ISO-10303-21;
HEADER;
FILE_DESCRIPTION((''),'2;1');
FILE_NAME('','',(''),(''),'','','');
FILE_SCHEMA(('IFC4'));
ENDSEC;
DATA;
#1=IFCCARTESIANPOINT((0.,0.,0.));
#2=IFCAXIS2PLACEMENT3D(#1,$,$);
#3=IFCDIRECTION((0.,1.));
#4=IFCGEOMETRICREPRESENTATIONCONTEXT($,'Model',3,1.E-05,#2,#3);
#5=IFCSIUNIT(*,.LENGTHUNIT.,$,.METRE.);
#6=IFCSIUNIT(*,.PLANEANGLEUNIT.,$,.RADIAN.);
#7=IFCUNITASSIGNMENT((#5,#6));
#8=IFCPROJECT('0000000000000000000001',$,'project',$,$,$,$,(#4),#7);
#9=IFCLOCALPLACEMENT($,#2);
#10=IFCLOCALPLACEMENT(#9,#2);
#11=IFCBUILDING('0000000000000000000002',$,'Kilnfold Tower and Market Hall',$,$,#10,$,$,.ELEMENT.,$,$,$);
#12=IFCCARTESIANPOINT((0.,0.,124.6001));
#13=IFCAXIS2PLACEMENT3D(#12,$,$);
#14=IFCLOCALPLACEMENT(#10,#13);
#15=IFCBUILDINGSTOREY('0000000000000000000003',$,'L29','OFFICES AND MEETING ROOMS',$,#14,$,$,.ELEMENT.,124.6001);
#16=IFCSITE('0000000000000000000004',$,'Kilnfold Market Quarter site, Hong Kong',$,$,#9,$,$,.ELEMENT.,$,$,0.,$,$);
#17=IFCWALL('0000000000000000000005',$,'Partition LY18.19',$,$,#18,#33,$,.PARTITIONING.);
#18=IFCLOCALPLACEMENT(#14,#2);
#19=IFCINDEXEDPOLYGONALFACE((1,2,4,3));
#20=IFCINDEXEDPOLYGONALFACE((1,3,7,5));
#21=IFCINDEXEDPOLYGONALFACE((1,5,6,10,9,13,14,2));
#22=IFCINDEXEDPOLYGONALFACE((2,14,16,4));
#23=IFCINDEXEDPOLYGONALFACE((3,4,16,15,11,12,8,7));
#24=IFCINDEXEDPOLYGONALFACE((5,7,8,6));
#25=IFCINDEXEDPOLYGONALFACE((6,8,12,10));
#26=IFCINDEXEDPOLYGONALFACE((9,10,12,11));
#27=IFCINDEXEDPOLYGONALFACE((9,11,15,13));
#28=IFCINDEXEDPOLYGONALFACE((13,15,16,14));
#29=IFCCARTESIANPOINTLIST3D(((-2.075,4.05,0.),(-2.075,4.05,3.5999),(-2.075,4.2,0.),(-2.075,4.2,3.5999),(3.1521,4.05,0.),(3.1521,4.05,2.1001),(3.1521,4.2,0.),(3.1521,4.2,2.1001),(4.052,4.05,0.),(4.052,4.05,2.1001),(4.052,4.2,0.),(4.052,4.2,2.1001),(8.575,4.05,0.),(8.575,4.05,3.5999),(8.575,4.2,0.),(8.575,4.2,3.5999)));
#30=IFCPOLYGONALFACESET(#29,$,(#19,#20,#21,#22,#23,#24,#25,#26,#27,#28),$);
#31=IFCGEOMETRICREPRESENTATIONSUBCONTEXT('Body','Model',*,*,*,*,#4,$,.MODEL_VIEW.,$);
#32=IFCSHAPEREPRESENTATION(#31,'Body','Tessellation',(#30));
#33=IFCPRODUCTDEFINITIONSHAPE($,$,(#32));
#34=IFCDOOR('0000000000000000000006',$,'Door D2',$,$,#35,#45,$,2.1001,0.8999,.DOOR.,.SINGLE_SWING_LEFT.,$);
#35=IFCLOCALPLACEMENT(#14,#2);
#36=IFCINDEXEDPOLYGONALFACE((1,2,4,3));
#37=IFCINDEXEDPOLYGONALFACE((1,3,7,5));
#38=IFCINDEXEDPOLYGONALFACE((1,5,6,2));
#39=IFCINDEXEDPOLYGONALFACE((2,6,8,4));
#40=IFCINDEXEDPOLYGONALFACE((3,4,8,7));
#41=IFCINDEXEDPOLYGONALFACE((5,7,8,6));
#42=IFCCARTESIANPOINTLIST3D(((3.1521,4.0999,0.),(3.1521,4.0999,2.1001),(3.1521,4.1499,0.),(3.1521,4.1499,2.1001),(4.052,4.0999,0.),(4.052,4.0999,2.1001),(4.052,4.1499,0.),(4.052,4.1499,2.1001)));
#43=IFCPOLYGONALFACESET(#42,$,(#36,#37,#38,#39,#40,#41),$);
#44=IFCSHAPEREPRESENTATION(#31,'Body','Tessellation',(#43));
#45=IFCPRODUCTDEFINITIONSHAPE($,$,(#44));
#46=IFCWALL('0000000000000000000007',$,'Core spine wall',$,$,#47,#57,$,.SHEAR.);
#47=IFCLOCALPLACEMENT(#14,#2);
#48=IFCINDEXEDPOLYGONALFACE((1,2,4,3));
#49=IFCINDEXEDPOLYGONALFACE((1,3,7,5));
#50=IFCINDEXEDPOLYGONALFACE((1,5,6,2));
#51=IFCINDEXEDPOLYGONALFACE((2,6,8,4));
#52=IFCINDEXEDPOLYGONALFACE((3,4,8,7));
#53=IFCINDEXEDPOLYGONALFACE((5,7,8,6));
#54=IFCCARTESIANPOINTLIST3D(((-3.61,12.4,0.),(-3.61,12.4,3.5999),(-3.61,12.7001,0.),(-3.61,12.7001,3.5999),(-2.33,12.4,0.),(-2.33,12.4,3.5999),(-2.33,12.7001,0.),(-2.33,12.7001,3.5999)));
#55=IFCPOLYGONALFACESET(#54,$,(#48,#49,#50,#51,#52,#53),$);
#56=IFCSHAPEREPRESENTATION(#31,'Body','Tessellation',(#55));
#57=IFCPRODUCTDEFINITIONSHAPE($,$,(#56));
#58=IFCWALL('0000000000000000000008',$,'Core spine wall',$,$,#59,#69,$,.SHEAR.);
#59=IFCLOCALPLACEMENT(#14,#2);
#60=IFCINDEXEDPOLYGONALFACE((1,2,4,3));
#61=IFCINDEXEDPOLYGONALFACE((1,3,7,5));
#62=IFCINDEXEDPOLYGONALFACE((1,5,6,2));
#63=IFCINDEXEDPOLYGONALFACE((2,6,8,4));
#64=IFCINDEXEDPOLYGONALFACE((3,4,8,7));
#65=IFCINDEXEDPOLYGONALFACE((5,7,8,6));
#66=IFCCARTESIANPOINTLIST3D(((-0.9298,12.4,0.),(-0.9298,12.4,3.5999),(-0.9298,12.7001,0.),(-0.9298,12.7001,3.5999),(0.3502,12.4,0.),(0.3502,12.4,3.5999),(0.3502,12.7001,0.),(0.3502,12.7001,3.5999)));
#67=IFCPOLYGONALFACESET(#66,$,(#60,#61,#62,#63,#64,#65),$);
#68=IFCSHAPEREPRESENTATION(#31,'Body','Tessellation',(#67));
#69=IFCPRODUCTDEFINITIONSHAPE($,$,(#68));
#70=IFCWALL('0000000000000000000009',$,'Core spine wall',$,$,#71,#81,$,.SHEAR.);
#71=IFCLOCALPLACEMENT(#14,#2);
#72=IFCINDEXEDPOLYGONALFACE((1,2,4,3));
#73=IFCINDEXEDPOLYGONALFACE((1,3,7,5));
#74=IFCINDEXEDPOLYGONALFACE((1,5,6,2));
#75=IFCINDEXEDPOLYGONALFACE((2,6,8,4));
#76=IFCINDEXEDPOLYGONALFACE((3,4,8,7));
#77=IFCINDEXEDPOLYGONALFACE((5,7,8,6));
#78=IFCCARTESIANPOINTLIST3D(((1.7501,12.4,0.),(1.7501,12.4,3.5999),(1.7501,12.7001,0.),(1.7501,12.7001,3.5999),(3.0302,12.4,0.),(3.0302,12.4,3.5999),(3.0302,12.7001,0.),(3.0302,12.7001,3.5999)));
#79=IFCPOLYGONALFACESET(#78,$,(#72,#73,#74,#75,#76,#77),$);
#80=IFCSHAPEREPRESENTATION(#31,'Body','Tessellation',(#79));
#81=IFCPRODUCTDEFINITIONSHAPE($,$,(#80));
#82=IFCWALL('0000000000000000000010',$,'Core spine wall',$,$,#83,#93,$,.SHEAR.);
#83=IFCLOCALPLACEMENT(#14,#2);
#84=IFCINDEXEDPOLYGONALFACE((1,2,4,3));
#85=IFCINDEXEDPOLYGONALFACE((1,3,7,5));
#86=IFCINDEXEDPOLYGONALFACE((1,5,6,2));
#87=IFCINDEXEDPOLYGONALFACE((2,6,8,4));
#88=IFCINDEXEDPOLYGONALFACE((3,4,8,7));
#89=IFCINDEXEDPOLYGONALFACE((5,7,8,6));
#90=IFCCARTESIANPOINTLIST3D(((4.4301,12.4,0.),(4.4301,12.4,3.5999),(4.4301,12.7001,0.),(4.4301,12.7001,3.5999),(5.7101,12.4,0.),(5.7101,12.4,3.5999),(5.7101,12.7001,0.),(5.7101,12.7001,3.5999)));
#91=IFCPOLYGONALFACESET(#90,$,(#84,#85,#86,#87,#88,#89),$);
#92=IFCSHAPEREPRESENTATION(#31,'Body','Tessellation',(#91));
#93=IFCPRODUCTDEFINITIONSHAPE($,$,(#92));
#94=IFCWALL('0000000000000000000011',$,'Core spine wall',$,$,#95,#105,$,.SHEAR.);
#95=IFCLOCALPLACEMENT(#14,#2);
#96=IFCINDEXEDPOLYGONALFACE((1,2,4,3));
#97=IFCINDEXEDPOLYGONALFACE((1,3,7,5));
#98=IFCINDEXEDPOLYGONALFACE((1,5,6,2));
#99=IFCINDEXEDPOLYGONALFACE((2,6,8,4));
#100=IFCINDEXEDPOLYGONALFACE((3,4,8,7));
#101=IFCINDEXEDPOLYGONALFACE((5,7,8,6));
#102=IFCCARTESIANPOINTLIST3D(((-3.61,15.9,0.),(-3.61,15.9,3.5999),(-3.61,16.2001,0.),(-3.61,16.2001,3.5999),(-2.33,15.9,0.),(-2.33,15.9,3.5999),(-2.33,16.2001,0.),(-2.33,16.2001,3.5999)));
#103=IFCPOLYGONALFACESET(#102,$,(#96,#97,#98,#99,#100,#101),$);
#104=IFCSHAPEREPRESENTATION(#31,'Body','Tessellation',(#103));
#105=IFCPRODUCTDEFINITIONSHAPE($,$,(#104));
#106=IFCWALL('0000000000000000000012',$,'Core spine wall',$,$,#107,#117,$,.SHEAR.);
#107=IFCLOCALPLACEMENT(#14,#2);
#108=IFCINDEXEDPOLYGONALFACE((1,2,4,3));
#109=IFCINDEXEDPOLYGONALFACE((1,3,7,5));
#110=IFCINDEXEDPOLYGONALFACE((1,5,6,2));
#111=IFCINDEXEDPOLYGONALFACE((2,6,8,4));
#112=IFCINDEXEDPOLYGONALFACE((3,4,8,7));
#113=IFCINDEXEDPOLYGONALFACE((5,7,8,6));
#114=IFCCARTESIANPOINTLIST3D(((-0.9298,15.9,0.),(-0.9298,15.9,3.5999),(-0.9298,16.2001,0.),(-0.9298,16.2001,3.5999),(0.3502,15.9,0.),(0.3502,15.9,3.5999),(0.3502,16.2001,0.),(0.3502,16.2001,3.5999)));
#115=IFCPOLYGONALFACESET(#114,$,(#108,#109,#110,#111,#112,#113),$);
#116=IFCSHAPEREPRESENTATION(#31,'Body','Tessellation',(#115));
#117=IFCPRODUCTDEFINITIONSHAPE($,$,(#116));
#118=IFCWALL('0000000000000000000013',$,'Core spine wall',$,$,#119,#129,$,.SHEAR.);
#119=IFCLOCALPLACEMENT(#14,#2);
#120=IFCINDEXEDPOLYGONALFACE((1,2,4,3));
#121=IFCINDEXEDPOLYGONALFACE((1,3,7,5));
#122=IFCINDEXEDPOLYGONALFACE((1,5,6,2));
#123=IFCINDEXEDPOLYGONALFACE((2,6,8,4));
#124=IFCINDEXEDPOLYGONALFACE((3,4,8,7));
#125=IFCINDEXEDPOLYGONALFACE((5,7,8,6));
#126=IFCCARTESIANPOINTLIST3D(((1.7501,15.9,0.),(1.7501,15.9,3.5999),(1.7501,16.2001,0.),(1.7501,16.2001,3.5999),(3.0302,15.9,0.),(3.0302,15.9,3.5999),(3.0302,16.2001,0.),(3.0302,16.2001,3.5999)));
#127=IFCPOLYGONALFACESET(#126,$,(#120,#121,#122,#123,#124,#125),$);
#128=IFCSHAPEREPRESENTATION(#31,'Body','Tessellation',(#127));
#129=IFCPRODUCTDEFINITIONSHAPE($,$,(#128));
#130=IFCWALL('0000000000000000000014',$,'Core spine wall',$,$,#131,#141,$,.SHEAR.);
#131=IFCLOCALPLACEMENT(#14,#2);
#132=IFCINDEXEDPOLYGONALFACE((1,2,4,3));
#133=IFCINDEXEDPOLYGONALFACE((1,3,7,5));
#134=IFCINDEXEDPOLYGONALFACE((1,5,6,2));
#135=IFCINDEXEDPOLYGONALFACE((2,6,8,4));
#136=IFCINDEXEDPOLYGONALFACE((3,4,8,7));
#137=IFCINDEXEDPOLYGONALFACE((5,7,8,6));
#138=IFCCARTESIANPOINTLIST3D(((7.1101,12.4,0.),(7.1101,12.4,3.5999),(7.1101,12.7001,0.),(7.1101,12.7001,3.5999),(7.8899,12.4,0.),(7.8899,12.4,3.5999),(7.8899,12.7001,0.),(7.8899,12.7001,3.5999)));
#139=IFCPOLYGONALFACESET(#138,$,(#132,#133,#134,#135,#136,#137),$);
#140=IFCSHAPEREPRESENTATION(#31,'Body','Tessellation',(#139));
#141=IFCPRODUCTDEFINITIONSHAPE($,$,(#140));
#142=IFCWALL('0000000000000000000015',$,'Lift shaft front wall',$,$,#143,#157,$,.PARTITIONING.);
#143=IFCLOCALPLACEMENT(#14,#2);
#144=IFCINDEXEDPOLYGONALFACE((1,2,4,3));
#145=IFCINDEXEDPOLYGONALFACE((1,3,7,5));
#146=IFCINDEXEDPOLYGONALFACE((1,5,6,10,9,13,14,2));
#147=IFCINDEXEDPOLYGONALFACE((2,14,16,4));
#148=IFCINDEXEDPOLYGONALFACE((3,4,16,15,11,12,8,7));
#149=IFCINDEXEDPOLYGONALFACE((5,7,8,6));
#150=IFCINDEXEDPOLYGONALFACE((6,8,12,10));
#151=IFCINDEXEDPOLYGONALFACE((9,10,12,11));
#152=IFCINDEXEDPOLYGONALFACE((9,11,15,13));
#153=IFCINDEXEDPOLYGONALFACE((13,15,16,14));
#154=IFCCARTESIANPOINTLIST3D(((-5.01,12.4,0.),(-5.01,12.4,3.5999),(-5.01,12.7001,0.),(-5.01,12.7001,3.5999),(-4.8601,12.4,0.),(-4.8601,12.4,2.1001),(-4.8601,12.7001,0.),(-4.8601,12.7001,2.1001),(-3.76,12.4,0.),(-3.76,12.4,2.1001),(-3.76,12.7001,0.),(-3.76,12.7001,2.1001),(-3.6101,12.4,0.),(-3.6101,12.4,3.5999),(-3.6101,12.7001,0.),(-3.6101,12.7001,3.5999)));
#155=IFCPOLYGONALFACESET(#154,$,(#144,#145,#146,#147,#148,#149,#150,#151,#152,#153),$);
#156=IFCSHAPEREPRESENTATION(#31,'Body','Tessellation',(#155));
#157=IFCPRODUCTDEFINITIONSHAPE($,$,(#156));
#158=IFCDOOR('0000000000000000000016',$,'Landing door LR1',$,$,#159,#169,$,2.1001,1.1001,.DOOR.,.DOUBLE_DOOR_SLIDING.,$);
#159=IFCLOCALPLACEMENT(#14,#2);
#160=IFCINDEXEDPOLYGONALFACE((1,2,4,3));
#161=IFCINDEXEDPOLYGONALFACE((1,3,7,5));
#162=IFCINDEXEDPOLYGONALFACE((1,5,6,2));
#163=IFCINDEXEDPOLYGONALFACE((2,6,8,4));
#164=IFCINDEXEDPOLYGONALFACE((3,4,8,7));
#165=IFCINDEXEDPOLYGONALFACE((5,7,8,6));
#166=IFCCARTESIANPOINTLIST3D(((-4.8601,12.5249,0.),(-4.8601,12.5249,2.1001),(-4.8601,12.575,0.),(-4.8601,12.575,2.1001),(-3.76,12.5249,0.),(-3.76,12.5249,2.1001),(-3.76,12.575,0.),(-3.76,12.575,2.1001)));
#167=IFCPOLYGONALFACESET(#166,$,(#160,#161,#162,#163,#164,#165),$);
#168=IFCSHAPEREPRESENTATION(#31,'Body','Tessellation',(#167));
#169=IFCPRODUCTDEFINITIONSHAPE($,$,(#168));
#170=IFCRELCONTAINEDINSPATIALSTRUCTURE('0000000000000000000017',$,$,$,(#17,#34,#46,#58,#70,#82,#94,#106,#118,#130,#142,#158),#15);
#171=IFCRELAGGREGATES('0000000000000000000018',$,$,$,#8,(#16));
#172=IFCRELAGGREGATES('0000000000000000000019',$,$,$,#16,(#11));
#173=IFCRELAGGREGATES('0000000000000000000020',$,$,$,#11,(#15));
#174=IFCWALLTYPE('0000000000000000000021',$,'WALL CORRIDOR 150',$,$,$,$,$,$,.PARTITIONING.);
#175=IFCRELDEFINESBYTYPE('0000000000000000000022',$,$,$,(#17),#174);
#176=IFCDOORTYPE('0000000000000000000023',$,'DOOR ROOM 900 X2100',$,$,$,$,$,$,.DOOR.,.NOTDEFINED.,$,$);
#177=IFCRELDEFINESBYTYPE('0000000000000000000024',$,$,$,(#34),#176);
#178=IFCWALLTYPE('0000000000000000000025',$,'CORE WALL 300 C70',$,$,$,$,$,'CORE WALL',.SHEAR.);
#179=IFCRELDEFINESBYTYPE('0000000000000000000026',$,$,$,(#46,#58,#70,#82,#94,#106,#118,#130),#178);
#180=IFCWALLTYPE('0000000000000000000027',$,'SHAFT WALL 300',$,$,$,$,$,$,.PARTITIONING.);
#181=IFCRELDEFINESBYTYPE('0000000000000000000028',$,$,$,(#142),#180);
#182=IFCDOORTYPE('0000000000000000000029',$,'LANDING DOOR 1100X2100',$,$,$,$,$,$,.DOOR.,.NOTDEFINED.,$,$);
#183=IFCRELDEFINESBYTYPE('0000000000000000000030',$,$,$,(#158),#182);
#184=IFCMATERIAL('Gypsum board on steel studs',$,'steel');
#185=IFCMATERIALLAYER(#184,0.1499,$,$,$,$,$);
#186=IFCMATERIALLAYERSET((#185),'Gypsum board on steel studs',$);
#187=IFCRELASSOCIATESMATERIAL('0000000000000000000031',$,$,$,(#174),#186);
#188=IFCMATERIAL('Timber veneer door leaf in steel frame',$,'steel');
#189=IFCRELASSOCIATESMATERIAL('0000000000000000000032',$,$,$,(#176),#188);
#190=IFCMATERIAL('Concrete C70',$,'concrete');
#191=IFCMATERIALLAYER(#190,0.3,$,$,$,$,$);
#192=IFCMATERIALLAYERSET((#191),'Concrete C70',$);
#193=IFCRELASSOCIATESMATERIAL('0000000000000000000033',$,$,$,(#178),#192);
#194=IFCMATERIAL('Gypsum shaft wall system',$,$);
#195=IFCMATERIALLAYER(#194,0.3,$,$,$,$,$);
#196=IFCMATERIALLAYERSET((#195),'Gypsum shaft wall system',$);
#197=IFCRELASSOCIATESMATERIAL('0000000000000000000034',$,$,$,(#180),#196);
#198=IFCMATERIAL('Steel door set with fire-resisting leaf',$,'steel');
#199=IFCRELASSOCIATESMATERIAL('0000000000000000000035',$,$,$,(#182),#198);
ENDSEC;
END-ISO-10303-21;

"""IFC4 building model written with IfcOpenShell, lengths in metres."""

from ifc_helpers import new_model, si_unit, direction, frame, frame_2d, origin, place, context, subcontext, project, spatial, rectangle, extrude, source, transform, mapped, material, layer, layer_set, type_object, element, fill, save


model = new_model("IFC4")

# Units and contexts
model_context = context("Model", 3, precision=1e-05, world=origin(), true_north=direction((0.0, 1.0)))
body_context = subcontext(model_context, "Body", "Model", "MODEL_VIEW")
ifc_project = project(units=[si_unit("LENGTHUNIT", "METRE"), si_unit("PLANEANGLEUNIT", "RADIAN")], contexts=[model_context])

# Site, building, storey
site_placement = place(None, origin())
site = spatial("IfcSite", under=ifc_project, at=site_placement, Name="Kilnfold Market Quarter site, Hong Kong", CompositionType="ELEMENT", RefElevation=0.0)
building_placement = place(site_placement, origin())
building = spatial("IfcBuilding", under=site, at=building_placement, Name="Kilnfold Tower and Market Hall", CompositionType="ELEMENT")
storey_placement = place(building_placement, frame((0.0, 0.0, 124.6001)))
storey = spatial("IfcBuildingStorey", under=building, at=storey_placement, Name="L29", Description="OFFICES AND MEETING ROOMS", CompositionType="ELEMENT", Elevation=124.6001)

# Wall, opening, door
ifc_material_1 = material(Name="Gypsum board on steel studs", Category="steel")
ifc_layer_1 = layer(ifc_material_1, 0.1499)
ifc_layer_set_1 = layer_set([ifc_layer_1], Name="Gypsum board on steel studs")
wall_type_1 = type_object("IfcWallType", Name="WALL CORRIDOR 150", PredefinedType="PARTITIONING", material=ifc_layer_set_1)
wall_1_placement = place(storey_placement, frame((-2.075, 4.125, 0.0), z_axis=(0.0, 0.0, 1.0), x_axis=(1.0, 0.0, 0.0)))
wall_1 = element("IfcWall", 1, at=wall_1_placement, inside=storey, type_object=wall_type_1, Name="Partition LY18.19", PredefinedType="PARTITIONING", context=body_context, shape_type="SweptSolid", body=[
    extrude(rectangle(XDim=10.6499, YDim=0.1499, at=frame_2d((5.325, 0.0))), origin(), (0.0, 0.0, 1.0), 3.5999),
])
opening_1_placement = place(wall_1_placement, frame((5.2271, 0.0, 0.0)))
opening_1 = element("IfcOpeningElement", 2, at=opening_1_placement, cuts=wall_1, PredefinedType="OPENING", context=body_context, shape_type="SweptSolid", body=[
    extrude(rectangle(XDim=0.8999, YDim=2.1001, at=frame_2d((0.45, 1.05))), frame((0.0, 0.085, 0.0), z_axis=(0.0, -1.0, 0.0), x_axis=(1.0, 0.0, 0.0)), (0.0, 0.0, 1.0), 0.1699),
])
ifc_material_2 = material(Name="Timber veneer door leaf in steel frame", Category="steel")
door_type_1 = type_object("IfcDoorType", Name="DOOR ROOM 900 X2100", OperationType="NOTDEFINED", PredefinedType="DOOR", material=ifc_material_2)
door_1_placement = place(opening_1_placement, origin())
door_1 = element("IfcDoor", 3, at=door_1_placement, inside=storey, type_object=door_type_1, Name="Door D2", OperationType="SINGLE_SWING_LEFT", OverallHeight=2.1001, OverallWidth=0.8999, PredefinedType="DOOR", context=body_context, shape_type="SweptSolid", body=[
    extrude(rectangle(XDim=0.8999, YDim=2.1001, at=frame_2d((0.45, 1.05))), frame((0.0, 0.0249, 0.0), z_axis=(0.0, -1.0, 0.0), x_axis=(1.0, 0.0, 0.0)), (0.0, 0.0, 1.0), 0.05),
])
fill(opening_1, door_1)

# Walls
ifc_material_3 = material(Name="Concrete C70", Category="concrete")
ifc_layer_2 = layer(ifc_material_3, 0.3)
ifc_layer_set_2 = layer_set([ifc_layer_2], Name="Concrete C70")
wall_type_2 = type_object("IfcWallType", Name="CORE WALL 300 C70", ElementType="CORE WALL", PredefinedType="SHEAR", material=ifc_layer_set_2)
shared_shape_1 = source(origin(), body_context, "Body", "SweptSolid", [
    extrude(rectangle(XDim=1.28, YDim=0.3, at=frame_2d((0.6401, 0.0))), origin(), (0.0, 0.0, 1.0), 3.5999),
])
for number, where, z_axis, x_axis, name in (
    (4, (-3.6101, 12.55, 0.0), (0.0, 0.0, 1.0), (1.0, 0.0, 0.0), "Core spine wall"),
    (5, (-0.9299, 12.55, 0.0), (0.0, 0.0, 1.0), (1.0, 0.0, 0.0), "Core spine wall"),
    (6, (1.75, 12.55, 0.0), (0.0, 0.0, 1.0), (1.0, 0.0, 0.0), "Core spine wall"),
    (7, (4.4299, 12.55, 0.0), (0.0, 0.0, 1.0), (1.0, 0.0, 0.0), "Core spine wall"),
    (8, (-3.6101, 16.05, 0.0), (0.0, 0.0, 1.0), (1.0, 0.0, 0.0), "Core spine wall"),
    (9, (-0.9299, 16.05, 0.0), (0.0, 0.0, 1.0), (1.0, 0.0, 0.0), "Core spine wall"),
    (10, (1.75, 16.05, 0.0), (0.0, 0.0, 1.0), (1.0, 0.0, 0.0), "Core spine wall"),
):
    element("IfcWall", number, at=place(storey_placement, frame(where, z_axis=z_axis, x_axis=x_axis)), inside=storey, type_object=wall_type_2, Name=name, PredefinedType="SHEAR", context=body_context, shape_type="MappedRepresentation", body=[
        mapped(shared_shape_1, transform((0.0, 0.0, 0.0))),
    ])
shared_shape_2 = source(origin(), body_context, "Body", "SweptSolid", [
    extrude(rectangle(XDim=0.7798, YDim=0.3, at=frame_2d((0.3899, 0.0))), origin(), (0.0, 0.0, 1.0), 3.5999),
])
wall_2_placement = place(storey_placement, frame((7.1101, 12.55, 0.0), z_axis=(0.0, 0.0, 1.0), x_axis=(1.0, 0.0, 0.0)))
element("IfcWall", 11, at=wall_2_placement, inside=storey, type_object=wall_type_2, Name="Core spine wall", PredefinedType="SHEAR", context=body_context, shape_type="MappedRepresentation", body=[
    mapped(shared_shape_2, transform((0.0, 0.0, 0.0))),
])

# Wall, opening, door
ifc_material_4 = material(Name="Gypsum shaft wall system")
ifc_layer_3 = layer(ifc_material_4, 0.3)
ifc_layer_set_3 = layer_set([ifc_layer_3], Name="Gypsum shaft wall system")
wall_type_3 = type_object("IfcWallType", Name="SHAFT WALL 300", PredefinedType="PARTITIONING", material=ifc_layer_set_3)
shared_shape_3 = source(origin(), body_context, "Body", "SweptSolid", [
    extrude(rectangle(XDim=1.3999, YDim=0.3, at=frame_2d((0.7, 0.0))), origin(), (0.0, 0.0, 1.0), 3.5999),
])
wall_3_placement = place(storey_placement, frame((-5.01, 12.55, 0.0), z_axis=(0.0, 0.0, 1.0), x_axis=(1.0, 0.0, 0.0)))
wall_3 = element("IfcWall", 12, at=wall_3_placement, inside=storey, type_object=wall_type_3, Name="Lift shaft front wall", PredefinedType="PARTITIONING", context=body_context, shape_type="MappedRepresentation", body=[
    mapped(shared_shape_3, transform((0.0, 0.0, 0.0))),
])
opening_2_placement = place(wall_3_placement, frame((0.1499, 0.0, 0.0)))
opening_2 = element("IfcOpeningElement", 13, at=opening_2_placement, cuts=wall_3, PredefinedType="OPENING", context=body_context, shape_type="SweptSolid", body=[
    extrude(rectangle(XDim=1.1001, YDim=2.1001, at=frame_2d((0.55, 1.05))), frame((0.0, 0.1602, 0.0), z_axis=(0.0, -1.0, 0.0), x_axis=(1.0, 0.0, 0.0)), (0.0, 0.0, 1.0), 0.3201),
])
ifc_material_5 = material(Name="Steel door set with fire-resisting leaf", Category="steel")
door_type_2 = type_object("IfcDoorType", Name="LANDING DOOR 1100X2100", OperationType="NOTDEFINED", PredefinedType="DOOR", material=ifc_material_5)
door_2_placement = place(opening_2_placement, origin())
door_2 = element("IfcDoor", 14, at=door_2_placement, inside=storey, type_object=door_type_2, Name="Landing door LR1", OperationType="DOUBLE_DOOR_SLIDING", OverallHeight=2.1001, OverallWidth=1.1001, PredefinedType="DOOR", context=body_context, shape_type="SweptSolid", body=[
    extrude(rectangle(XDim=1.1001, YDim=2.1001, at=frame_2d((0.55, 1.05))), frame((0.0, 0.0249, 0.0), z_axis=(0.0, -1.0, 0.0), x_axis=(1.0, 0.0, 0.0)), (0.0, 0.0, 1.0), 0.05),
])
fill(opening_2, door_2)

save(model, "model.ifc")
